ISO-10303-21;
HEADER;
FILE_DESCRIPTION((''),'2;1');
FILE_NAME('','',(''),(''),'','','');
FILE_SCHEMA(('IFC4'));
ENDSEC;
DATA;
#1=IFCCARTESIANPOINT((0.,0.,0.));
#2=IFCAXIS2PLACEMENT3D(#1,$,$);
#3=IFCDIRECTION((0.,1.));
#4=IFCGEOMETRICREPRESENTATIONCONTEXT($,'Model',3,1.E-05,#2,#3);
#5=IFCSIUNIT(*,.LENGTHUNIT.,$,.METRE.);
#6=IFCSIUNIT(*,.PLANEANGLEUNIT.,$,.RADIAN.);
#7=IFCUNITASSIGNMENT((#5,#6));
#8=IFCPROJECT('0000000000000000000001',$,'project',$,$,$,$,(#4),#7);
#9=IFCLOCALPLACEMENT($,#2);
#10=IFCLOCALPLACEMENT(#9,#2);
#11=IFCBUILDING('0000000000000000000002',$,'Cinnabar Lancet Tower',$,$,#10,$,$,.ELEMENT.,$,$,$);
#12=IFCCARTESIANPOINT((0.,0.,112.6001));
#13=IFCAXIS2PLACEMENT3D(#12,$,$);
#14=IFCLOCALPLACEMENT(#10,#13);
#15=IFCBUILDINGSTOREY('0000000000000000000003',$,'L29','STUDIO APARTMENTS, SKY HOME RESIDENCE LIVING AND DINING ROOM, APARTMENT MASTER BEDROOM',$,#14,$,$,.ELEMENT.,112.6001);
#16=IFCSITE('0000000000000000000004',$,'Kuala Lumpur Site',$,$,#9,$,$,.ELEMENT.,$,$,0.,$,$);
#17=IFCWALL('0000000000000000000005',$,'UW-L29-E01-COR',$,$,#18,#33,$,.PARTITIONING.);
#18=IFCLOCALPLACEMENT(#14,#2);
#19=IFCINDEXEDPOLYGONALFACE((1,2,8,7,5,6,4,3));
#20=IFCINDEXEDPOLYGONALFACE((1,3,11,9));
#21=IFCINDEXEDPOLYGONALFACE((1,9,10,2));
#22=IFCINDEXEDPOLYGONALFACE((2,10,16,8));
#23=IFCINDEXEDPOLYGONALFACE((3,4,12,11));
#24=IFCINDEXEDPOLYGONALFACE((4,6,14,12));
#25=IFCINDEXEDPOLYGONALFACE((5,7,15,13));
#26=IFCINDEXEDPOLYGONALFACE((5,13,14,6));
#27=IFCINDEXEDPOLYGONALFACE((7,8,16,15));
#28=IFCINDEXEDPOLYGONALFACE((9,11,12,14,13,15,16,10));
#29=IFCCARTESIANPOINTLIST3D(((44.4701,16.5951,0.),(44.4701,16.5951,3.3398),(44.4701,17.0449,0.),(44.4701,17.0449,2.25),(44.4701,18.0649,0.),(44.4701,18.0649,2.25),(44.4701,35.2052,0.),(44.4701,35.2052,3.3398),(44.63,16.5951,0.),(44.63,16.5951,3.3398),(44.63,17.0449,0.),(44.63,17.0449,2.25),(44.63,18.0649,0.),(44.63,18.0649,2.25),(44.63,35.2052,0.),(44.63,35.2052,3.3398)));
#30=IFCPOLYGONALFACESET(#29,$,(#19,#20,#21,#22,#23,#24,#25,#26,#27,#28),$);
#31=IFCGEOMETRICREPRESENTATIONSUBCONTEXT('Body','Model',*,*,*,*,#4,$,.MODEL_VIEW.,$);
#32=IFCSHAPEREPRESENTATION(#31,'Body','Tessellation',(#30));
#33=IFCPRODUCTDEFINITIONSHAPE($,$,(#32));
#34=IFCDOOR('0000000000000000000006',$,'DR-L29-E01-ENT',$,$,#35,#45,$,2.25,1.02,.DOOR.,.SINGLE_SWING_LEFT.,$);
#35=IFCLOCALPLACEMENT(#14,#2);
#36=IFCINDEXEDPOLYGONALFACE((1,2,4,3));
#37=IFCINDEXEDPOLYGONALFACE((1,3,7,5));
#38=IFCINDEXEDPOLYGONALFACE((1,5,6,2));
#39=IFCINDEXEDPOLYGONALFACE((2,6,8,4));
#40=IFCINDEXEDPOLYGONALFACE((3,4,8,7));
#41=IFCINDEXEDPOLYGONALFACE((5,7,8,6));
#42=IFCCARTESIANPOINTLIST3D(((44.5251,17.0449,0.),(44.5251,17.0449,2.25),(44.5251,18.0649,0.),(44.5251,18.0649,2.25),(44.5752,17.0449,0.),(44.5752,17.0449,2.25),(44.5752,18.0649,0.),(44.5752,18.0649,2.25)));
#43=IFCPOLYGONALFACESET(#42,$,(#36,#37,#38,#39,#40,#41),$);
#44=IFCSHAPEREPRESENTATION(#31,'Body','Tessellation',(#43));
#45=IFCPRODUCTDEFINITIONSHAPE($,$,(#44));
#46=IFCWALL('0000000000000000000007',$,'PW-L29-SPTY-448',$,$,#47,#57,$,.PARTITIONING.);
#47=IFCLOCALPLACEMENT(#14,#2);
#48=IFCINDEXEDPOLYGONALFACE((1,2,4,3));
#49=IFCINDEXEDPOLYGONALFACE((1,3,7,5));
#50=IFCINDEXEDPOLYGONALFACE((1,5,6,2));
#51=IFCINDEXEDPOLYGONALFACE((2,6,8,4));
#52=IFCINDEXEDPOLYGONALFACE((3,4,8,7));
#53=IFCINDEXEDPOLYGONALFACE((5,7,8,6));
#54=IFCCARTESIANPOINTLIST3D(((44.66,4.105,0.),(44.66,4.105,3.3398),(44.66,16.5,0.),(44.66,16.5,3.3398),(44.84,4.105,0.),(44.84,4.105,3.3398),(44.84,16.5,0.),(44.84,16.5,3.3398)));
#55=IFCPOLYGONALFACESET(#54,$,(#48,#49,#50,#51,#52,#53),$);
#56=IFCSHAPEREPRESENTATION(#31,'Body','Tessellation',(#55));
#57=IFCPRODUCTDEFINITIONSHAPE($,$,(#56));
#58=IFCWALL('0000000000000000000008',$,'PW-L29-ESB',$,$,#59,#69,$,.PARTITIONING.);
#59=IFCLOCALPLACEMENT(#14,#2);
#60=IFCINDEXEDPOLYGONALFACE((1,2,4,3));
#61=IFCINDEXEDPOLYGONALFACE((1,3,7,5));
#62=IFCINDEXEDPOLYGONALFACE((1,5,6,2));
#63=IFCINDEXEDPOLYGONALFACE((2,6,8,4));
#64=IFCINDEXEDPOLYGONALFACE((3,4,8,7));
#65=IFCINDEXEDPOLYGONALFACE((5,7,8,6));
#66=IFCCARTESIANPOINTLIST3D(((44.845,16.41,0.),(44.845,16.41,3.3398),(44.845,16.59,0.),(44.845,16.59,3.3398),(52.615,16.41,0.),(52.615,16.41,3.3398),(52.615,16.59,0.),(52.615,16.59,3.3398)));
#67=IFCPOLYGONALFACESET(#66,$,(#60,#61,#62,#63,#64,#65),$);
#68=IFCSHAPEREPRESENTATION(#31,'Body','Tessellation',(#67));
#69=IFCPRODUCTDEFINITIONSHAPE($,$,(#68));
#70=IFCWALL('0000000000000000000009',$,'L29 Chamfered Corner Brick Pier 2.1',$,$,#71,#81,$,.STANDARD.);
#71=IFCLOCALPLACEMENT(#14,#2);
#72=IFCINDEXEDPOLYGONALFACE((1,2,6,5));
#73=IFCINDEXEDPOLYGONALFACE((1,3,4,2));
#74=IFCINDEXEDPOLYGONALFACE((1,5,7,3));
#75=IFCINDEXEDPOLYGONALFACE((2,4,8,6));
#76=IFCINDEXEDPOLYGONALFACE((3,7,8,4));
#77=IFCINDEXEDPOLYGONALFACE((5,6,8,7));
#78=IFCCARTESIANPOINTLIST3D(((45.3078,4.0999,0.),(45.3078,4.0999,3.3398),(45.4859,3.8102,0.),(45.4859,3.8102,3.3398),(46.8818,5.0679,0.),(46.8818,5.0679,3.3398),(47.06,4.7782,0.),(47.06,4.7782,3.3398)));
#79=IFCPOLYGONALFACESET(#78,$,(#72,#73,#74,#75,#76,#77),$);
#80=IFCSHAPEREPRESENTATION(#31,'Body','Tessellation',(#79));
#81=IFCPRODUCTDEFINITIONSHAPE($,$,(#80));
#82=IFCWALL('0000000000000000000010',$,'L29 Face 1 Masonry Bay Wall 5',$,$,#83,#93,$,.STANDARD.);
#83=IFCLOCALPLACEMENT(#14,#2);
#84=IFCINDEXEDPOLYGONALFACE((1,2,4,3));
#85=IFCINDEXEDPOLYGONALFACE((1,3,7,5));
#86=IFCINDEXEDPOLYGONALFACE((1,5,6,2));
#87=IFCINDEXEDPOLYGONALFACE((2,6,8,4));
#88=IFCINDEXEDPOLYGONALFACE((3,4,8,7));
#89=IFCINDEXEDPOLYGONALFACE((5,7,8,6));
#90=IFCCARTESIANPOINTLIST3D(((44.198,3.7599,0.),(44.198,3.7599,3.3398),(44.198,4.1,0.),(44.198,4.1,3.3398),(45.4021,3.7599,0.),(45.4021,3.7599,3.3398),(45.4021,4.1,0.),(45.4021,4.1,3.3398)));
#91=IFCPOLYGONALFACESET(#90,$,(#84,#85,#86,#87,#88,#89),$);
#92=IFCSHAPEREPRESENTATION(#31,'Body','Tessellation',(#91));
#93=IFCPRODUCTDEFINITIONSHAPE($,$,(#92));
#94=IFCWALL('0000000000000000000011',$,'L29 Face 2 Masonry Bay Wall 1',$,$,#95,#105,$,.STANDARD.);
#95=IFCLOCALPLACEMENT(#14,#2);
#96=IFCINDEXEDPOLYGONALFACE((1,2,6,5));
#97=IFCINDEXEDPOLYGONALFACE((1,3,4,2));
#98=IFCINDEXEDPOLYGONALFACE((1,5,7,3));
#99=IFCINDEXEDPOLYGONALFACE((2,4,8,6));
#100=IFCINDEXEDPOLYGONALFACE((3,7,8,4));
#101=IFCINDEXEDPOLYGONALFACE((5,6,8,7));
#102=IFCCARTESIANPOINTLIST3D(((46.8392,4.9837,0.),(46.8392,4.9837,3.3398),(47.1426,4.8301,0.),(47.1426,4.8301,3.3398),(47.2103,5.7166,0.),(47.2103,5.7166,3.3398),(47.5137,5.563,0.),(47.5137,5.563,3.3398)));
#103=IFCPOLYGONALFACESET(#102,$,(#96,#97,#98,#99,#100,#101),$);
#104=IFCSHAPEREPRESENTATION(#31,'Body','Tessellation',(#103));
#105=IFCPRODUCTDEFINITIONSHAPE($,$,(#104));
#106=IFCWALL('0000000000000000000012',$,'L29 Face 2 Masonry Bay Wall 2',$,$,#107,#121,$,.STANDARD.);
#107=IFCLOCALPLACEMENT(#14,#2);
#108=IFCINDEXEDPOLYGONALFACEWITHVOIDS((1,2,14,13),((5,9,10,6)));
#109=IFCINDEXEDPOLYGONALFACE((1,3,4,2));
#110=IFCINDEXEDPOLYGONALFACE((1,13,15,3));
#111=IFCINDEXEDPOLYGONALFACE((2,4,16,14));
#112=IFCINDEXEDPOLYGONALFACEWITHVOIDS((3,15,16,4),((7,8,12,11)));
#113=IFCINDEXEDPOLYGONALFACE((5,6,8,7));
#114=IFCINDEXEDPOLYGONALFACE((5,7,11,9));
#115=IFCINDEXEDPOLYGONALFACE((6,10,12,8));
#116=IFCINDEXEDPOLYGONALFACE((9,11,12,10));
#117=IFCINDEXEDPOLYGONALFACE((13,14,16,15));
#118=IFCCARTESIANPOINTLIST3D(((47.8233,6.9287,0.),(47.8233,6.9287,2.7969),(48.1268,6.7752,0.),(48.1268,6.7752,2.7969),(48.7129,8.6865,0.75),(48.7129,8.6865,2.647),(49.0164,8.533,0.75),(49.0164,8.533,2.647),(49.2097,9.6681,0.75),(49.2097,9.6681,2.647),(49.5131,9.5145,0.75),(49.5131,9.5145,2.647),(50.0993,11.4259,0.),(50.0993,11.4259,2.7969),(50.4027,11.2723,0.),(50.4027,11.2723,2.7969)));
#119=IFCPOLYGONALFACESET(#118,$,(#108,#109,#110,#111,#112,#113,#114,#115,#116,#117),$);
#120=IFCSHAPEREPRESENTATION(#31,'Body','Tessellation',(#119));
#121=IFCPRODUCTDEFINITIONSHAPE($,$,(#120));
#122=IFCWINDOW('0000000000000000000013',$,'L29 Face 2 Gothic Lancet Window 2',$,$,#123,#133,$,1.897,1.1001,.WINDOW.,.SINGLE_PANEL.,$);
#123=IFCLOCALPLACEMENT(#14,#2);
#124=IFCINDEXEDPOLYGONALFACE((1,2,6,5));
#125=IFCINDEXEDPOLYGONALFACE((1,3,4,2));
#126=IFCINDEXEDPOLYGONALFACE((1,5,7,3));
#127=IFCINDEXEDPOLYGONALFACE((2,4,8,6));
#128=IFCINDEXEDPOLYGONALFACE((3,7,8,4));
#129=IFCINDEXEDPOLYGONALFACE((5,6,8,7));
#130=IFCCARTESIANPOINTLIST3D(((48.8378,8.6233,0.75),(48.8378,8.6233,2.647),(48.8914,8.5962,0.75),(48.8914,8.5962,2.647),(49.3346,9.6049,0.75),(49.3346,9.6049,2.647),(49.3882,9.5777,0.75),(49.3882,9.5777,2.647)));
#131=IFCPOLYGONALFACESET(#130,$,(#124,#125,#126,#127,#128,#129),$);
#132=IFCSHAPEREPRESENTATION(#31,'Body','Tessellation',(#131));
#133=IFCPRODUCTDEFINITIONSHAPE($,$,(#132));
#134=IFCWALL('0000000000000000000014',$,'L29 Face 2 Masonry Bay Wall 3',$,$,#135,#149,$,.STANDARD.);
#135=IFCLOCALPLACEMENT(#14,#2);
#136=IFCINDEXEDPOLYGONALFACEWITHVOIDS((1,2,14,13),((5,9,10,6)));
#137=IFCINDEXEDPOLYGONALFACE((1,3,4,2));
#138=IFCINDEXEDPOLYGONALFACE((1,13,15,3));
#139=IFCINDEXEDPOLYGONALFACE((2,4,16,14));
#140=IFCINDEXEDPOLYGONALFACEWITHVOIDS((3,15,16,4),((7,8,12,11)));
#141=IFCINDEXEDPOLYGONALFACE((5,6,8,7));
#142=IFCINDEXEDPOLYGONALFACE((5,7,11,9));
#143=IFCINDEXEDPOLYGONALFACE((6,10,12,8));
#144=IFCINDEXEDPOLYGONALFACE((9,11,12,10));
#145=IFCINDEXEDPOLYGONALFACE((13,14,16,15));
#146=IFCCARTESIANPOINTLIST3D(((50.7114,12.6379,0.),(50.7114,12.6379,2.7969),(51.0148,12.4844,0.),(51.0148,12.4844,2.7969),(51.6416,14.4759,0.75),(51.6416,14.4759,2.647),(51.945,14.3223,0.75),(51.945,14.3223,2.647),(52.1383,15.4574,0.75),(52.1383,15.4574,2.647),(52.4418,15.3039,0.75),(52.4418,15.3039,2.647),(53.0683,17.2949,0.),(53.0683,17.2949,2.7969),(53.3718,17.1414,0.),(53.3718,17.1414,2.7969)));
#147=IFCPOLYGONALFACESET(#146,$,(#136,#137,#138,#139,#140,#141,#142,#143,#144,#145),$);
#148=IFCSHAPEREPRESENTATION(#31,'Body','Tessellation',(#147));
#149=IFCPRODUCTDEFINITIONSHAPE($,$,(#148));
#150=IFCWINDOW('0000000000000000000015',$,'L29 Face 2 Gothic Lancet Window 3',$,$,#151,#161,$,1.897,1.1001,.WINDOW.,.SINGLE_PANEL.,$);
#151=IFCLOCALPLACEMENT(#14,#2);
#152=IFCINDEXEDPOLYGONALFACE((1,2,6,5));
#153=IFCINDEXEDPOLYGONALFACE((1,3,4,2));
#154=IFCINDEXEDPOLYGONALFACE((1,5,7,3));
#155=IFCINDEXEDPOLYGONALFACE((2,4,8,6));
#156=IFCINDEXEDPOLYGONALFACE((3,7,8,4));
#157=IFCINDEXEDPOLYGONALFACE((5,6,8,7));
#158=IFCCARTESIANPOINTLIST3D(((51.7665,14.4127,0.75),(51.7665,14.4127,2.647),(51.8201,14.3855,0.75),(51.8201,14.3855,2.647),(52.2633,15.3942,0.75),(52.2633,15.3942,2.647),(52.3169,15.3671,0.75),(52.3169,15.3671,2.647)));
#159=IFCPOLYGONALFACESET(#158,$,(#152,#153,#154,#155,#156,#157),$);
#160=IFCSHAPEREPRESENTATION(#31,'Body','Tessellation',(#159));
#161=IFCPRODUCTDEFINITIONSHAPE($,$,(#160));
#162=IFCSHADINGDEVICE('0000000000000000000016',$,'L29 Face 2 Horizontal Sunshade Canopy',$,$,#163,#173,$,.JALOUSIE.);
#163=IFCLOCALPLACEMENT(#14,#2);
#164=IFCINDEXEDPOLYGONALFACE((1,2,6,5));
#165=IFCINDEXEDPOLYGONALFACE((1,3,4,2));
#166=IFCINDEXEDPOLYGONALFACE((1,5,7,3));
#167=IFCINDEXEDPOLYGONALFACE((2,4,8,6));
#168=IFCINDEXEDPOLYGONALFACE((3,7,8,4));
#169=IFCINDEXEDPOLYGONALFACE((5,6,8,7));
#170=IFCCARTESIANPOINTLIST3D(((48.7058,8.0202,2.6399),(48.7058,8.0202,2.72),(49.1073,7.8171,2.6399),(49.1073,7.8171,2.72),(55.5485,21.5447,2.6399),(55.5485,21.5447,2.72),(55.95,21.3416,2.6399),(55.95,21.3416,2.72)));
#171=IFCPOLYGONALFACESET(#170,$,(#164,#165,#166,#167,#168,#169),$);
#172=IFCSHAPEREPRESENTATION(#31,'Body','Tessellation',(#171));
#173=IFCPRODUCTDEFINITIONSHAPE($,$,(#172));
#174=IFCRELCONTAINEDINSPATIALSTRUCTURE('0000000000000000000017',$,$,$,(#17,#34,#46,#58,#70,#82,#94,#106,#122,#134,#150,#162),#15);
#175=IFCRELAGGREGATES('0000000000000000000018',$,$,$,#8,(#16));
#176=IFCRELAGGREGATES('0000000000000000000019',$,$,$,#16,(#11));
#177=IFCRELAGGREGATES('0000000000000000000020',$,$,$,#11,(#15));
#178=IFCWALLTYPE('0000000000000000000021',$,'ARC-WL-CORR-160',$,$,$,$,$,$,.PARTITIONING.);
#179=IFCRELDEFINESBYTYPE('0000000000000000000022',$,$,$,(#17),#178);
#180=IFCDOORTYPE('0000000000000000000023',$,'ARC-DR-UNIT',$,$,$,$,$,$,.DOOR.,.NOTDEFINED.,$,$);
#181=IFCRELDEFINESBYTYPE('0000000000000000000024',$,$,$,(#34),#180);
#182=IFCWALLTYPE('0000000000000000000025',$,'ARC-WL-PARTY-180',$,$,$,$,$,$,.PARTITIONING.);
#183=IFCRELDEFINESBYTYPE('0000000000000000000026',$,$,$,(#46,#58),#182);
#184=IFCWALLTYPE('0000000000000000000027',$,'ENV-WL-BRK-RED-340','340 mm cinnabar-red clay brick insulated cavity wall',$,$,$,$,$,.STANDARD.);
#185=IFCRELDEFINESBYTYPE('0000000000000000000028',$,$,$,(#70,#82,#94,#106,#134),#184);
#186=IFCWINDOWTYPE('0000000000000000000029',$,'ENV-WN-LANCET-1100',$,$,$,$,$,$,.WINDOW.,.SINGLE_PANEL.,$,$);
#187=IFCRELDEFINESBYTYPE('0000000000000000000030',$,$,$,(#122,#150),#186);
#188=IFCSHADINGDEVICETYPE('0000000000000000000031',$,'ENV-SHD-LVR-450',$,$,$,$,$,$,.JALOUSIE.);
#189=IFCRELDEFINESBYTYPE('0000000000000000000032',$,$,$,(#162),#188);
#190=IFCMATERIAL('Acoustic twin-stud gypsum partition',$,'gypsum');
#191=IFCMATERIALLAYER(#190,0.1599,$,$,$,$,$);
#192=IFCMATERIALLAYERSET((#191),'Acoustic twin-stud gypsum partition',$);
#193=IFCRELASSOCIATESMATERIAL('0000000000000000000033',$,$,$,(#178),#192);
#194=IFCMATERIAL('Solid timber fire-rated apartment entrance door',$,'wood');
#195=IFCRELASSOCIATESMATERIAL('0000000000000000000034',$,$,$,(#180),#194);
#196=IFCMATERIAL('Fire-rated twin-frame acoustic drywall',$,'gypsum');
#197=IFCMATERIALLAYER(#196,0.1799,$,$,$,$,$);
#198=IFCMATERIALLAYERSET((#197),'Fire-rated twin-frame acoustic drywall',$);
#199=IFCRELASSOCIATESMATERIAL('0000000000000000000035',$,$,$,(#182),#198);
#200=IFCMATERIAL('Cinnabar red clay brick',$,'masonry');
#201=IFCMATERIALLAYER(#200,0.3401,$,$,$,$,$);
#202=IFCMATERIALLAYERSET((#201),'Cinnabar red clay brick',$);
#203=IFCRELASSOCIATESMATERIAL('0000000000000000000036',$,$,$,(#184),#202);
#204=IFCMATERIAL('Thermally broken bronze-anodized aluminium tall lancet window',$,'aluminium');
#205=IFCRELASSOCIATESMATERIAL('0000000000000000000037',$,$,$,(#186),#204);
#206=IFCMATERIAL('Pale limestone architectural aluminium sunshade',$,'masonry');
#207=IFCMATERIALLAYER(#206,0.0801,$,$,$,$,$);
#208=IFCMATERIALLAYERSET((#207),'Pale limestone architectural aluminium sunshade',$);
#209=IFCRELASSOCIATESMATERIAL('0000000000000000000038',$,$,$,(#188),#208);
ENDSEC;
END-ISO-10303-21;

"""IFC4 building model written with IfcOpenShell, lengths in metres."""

from ifc_helpers import new_model, si_unit, direction, frame, frame_2d, origin, origin_2d, place, context, subcontext, project, spatial, rectangle, extrude, material, layer, layer_set, type_object, element, fill, save


model = new_model("IFC4")

# Units and contexts
model_context = context("Model", 3, precision=1e-05, world=origin(), true_north=direction((0.0, 1.0)))
body_context = subcontext(model_context, "Body", "Model", "MODEL_VIEW")
ifc_project = project(units=[si_unit("LENGTHUNIT", "METRE"), si_unit("PLANEANGLEUNIT", "RADIAN")], contexts=[model_context])

# Site, building, storey
site_placement = place(None, origin())
site = spatial("IfcSite", under=ifc_project, at=site_placement, Name="Kuala Lumpur Site", CompositionType="ELEMENT", RefElevation=0.0)
building_placement = place(site_placement, origin())
building = spatial("IfcBuilding", under=site, at=building_placement, Name="Cinnabar Lancet Tower", CompositionType="ELEMENT")
storey_placement = place(building_placement, frame((0.0, 0.0, 112.6001)))
storey = spatial("IfcBuildingStorey", under=building, at=storey_placement, Name="L29", Description="STUDIO APARTMENTS, SKY HOME RESIDENCE LIVING AND DINING ROOM, APARTMENT MASTER BEDROOM", CompositionType="ELEMENT", Elevation=112.6001)

# Wall, opening, door
ifc_material_1 = material(Name="Acoustic twin-stud gypsum partition", Category="gypsum")
ifc_layer_1 = layer(ifc_material_1, 0.1599)
ifc_layer_set_1 = layer_set([ifc_layer_1], Name="Acoustic twin-stud gypsum partition")
wall_type_1 = type_object("IfcWallType", Name="ARC-WL-CORR-160", PredefinedType="PARTITIONING", material=ifc_layer_set_1)
wall_1_placement = place(storey_placement, frame((44.55, 16.595, 0.0), z_axis=(0.0, 0.0, 1.0), x_axis=(0.0, 1.0, 0.0)))
wall_1 = element("IfcWall", 1, at=wall_1_placement, inside=storey, type_object=wall_type_1, Name="UW-L29-E01-COR", PredefinedType="PARTITIONING", context=body_context, shape_type="SweptSolid", body=[
    extrude(rectangle(XDim=18.6101, YDim=0.1599, at=frame_2d((9.3052, 0.0))), origin(), (0.0, 0.0, 1.0), 3.3398),
])
opening_1_placement = place(wall_1_placement, frame((0.45, 0.0, 0.0)))
opening_1 = element("IfcOpeningElement", 2, at=opening_1_placement, cuts=wall_1, PredefinedType="OPENING", context=body_context, shape_type="SweptSolid", body=[
    extrude(rectangle(XDim=1.02, YDim=2.25, at=frame_2d((0.51, 1.125))), frame((0.0, 0.0898, 0.0), z_axis=(0.0, -1.0, 0.0), x_axis=(1.0, 0.0, 0.0)), (0.0, 0.0, 1.0), 0.1799),
])
ifc_material_2 = material(Name="Solid timber fire-rated apartment entrance door", Category="wood")
door_type = type_object("IfcDoorType", Name="ARC-DR-UNIT", OperationType="NOTDEFINED", PredefinedType="DOOR", material=ifc_material_2)
door_placement = place(opening_1_placement, origin())
door = element("IfcDoor", 3, at=door_placement, inside=storey, type_object=door_type, Name="DR-L29-E01-ENT", OperationType="SINGLE_SWING_LEFT", OverallHeight=2.25, OverallWidth=1.02, PredefinedType="DOOR", context=body_context, shape_type="SweptSolid", body=[
    extrude(rectangle(XDim=1.02, YDim=2.25, at=frame_2d((0.51, 1.125))), frame((0.0, 0.0249, 0.0), z_axis=(0.0, -1.0, 0.0), x_axis=(1.0, 0.0, 0.0)), (0.0, 0.0, 1.0), 0.05),
])
fill(opening_1, door)

# Walls
ifc_material_3 = material(Name="Fire-rated twin-frame acoustic drywall", Category="gypsum")
ifc_layer_2 = layer(ifc_material_3, 0.1799)
ifc_layer_set_2 = layer_set([ifc_layer_2], Name="Fire-rated twin-frame acoustic drywall")
wall_type_2 = type_object("IfcWallType", Name="ARC-WL-PARTY-180", PredefinedType="PARTITIONING", material=ifc_layer_set_2)
wall_2_placement = place(storey_placement, frame((44.75, 4.105, 0.0), z_axis=(0.0, 0.0, 1.0), x_axis=(0.0, 1.0, 0.0)))
element("IfcWall", 4, at=wall_2_placement, inside=storey, type_object=wall_type_2, Name="PW-L29-SPTY-448", PredefinedType="PARTITIONING", context=body_context, shape_type="SweptSolid", body=[
    extrude(rectangle(XDim=12.395, YDim=0.1799, at=frame_2d((6.1975, 0.0))), origin(), (0.0, 0.0, 1.0), 3.3398),
])
wall_3_placement = place(storey_placement, frame((44.845, 16.5, 0.0), z_axis=(0.0, 0.0, 1.0), x_axis=(1.0, 0.0, 0.0)))
element("IfcWall", 5, at=wall_3_placement, inside=storey, type_object=wall_type_2, Name="PW-L29-ESB", PredefinedType="PARTITIONING", context=body_context, shape_type="SweptSolid", body=[
    extrude(rectangle(XDim=7.77, YDim=0.1799, at=frame_2d((3.885, 0.0))), origin(), (0.0, 0.0, 1.0), 3.3398),
])
ifc_material_4 = material(Name="Cinnabar red clay brick", Category="masonry")
ifc_layer_3 = layer(ifc_material_4, 0.3401)
ifc_layer_set_3 = layer_set([ifc_layer_3], Name="Cinnabar red clay brick")
wall_type_3 = type_object("IfcWallType", Name="ENV-WL-BRK-RED-340", Description="340 mm cinnabar-red clay brick insulated cavity wall", PredefinedType="STANDARD", material=ifc_layer_set_3)
wall_4_placement = place(storey_placement, frame((45.397, 3.9551, 0.0), z_axis=(0.0, 0.0, 1.0), x_axis=(0.851799, 0.523869, 0.0)))
element("IfcWall", 6, at=wall_4_placement, inside=storey, type_object=wall_type_3, Name="L29 Chamfered Corner Brick Pier 2.1", PredefinedType="STANDARD", context=body_context, shape_type="SweptSolid", body=[
    extrude(rectangle(XDim=1.8479, YDim=0.3401, at=frame_2d((0.9238, 0.0))), origin(), (0.0, 0.0, 1.0), 3.3398),
])
wall_5_placement = place(storey_placement, frame((44.198, 3.9299, 0.0), z_axis=(0.0, 0.0, 1.0), x_axis=(1.0, 0.0, 0.0)))
element("IfcWall", 7, at=wall_5_placement, inside=storey, type_object=wall_type_3, Name="L29 Face 1 Masonry Bay Wall 5", PredefinedType="STANDARD", context=body_context, shape_type="SweptSolid", body=[
    extrude(rectangle(XDim=1.2041, YDim=0.3401, at=frame_2d((0.6021, 0.0))), origin(), (0.0, 0.0, 1.0), 3.3398),
])
wall_6_placement = place(storey_placement, frame((46.991, 4.907, 0.0), z_axis=(0.0, 0.0, 1.0), x_axis=(0.451725, 0.892157, 0.0)))
element("IfcWall", 8, at=wall_6_placement, inside=storey, type_object=wall_type_3, Name="L29 Face 2 Masonry Bay Wall 1", PredefinedType="STANDARD", context=body_context, shape_type="SweptSolid", body=[
    extrude(rectangle(XDim=0.8215, YDim=0.3401, at=frame_2d((0.4106, 0.0))), origin(), (0.0, 0.0, 1.0), 3.3398),
])

# Walls, openings, windows
wall_7_placement = place(storey_placement, frame((47.9751, 6.8521, 0.0), z_axis=(0.0, 0.0, 1.0), x_axis=(0.451548, 0.892247, 0.0)))
wall_7 = element("IfcWall", 9, at=wall_7_placement, inside=storey, type_object=wall_type_3, Name="L29 Face 2 Masonry Bay Wall 2", PredefinedType="STANDARD", context=body_context, shape_type="SweptSolid", body=[
    extrude(rectangle(XDim=5.0403, YDim=0.3401, at=frame_2d((2.52, 0.0))), origin(), (0.0, 0.0, 1.0), 2.7969),
])
opening_2_placement = place(wall_7_placement, frame((1.97, 0.0, 0.75)))
opening_2 = element("IfcOpeningElement", 10, at=opening_2_placement, cuts=wall_7, PredefinedType="OPENING", context=body_context, shape_type="SweptSolid", body=[
    extrude(rectangle(XDim=1.1001, YDim=1.897, at=frame_2d((0.55, 0.9485))), frame((0.0, 0.1799, 0.0), z_axis=(0.0, -1.0, 0.0), x_axis=(1.0, 0.0, 0.0)), (0.0, 0.0, 1.0), 0.3601),
])
ifc_material_5 = material(Name="Thermally broken bronze-anodized aluminium tall lancet window", Category="aluminium")
window_type = type_object("IfcWindowType", Name="ENV-WN-LANCET-1100", PartitioningType="SINGLE_PANEL", PredefinedType="WINDOW", material=ifc_material_5)
window_1_placement = place(opening_2_placement, origin())
window_1 = element("IfcWindow", 11, at=window_1_placement, inside=storey, type_object=window_type, Name="L29 Face 2 Gothic Lancet Window 2", OverallHeight=1.897, OverallWidth=1.1001, PartitioningType="SINGLE_PANEL", PredefinedType="WINDOW", context=body_context, shape_type="SweptSolid", body=[
    extrude(rectangle(XDim=1.1001, YDim=1.897, at=frame_2d((0.55, 0.9485))), frame((0.0, 0.03, 0.0), z_axis=(0.0, -1.0, 0.0), x_axis=(1.0, 0.0, 0.0)), (0.0, 0.0, 1.0), 0.0601),
])
fill(opening_2, window_1)
wall_8_placement = place(storey_placement, frame((50.863, 12.561, 0.0), z_axis=(0.0, 0.0, 1.0), x_axis=(0.451568, 0.892237, 0.0)))
wall_8 = element("IfcWall", 12, at=wall_8_placement, inside=storey, type_object=wall_type_3, Name="L29 Face 2 Masonry Bay Wall 3", PredefinedType="STANDARD", context=body_context, shape_type="SweptSolid", body=[
    extrude(rectangle(XDim=5.2195, YDim=0.3401, at=frame_2d((2.6099, 0.0))), origin(), (0.0, 0.0, 1.0), 2.7969),
])
opening_3_placement = place(wall_8_placement, frame((2.0601, 0.0, 0.75)))
opening_3 = element("IfcOpeningElement", 13, at=opening_3_placement, cuts=wall_8, PredefinedType="OPENING", context=body_context, shape_type="SweptSolid", body=[
    extrude(rectangle(XDim=1.1001, YDim=1.897, at=frame_2d((0.55, 0.9485))), frame((0.0, 0.1799, 0.0), z_axis=(0.0, -1.0, 0.0), x_axis=(1.0, 0.0, 0.0)), (0.0, 0.0, 1.0), 0.3601),
])
window_2_placement = place(opening_3_placement, origin())
window_2 = element("IfcWindow", 14, at=window_2_placement, inside=storey, type_object=window_type, Name="L29 Face 2 Gothic Lancet Window 3", OverallHeight=1.897, OverallWidth=1.1001, PartitioningType="SINGLE_PANEL", PredefinedType="WINDOW", context=body_context, shape_type="SweptSolid", body=[
    extrude(rectangle(XDim=1.1001, YDim=1.897, at=frame_2d((0.55, 0.9485))), frame((0.0, 0.03, 0.0), z_axis=(0.0, -1.0, 0.0), x_axis=(1.0, 0.0, 0.0)), (0.0, 0.0, 1.0), 0.0601),
])
fill(opening_3, window_2)

# Shading device
ifc_material_6 = material(Name="Pale limestone architectural aluminium sunshade", Category="masonry")
ifc_layer_4 = layer(ifc_material_6, 0.0801)
ifc_layer_set_4 = layer_set([ifc_layer_4], Name="Pale limestone architectural aluminium sunshade")
shading_device_type = type_object("IfcShadingDeviceType", Name="ENV-SHD-LVR-450", PredefinedType="JALOUSIE", material=ifc_layer_set_4)
shading_device_placement = place(storey_placement, frame((52.3279, 14.6809, 2.6399), z_axis=(0.0, 0.0, 1.0), x_axis=(0.451454, 0.892294, 0.0)))
element("IfcShadingDevice", 15, at=shading_device_placement, inside=storey, type_object=shading_device_type, Name="L29 Face 2 Horizontal Sunshade Canopy", PredefinedType="JALOUSIE", context=body_context, shape_type="SweptSolid", body=[
    extrude(rectangle(XDim=15.157, YDim=0.45, at=origin_2d()), origin(), (0.0, 0.0, 1.0), 0.0801),
])

save(model, "model.ifc")
